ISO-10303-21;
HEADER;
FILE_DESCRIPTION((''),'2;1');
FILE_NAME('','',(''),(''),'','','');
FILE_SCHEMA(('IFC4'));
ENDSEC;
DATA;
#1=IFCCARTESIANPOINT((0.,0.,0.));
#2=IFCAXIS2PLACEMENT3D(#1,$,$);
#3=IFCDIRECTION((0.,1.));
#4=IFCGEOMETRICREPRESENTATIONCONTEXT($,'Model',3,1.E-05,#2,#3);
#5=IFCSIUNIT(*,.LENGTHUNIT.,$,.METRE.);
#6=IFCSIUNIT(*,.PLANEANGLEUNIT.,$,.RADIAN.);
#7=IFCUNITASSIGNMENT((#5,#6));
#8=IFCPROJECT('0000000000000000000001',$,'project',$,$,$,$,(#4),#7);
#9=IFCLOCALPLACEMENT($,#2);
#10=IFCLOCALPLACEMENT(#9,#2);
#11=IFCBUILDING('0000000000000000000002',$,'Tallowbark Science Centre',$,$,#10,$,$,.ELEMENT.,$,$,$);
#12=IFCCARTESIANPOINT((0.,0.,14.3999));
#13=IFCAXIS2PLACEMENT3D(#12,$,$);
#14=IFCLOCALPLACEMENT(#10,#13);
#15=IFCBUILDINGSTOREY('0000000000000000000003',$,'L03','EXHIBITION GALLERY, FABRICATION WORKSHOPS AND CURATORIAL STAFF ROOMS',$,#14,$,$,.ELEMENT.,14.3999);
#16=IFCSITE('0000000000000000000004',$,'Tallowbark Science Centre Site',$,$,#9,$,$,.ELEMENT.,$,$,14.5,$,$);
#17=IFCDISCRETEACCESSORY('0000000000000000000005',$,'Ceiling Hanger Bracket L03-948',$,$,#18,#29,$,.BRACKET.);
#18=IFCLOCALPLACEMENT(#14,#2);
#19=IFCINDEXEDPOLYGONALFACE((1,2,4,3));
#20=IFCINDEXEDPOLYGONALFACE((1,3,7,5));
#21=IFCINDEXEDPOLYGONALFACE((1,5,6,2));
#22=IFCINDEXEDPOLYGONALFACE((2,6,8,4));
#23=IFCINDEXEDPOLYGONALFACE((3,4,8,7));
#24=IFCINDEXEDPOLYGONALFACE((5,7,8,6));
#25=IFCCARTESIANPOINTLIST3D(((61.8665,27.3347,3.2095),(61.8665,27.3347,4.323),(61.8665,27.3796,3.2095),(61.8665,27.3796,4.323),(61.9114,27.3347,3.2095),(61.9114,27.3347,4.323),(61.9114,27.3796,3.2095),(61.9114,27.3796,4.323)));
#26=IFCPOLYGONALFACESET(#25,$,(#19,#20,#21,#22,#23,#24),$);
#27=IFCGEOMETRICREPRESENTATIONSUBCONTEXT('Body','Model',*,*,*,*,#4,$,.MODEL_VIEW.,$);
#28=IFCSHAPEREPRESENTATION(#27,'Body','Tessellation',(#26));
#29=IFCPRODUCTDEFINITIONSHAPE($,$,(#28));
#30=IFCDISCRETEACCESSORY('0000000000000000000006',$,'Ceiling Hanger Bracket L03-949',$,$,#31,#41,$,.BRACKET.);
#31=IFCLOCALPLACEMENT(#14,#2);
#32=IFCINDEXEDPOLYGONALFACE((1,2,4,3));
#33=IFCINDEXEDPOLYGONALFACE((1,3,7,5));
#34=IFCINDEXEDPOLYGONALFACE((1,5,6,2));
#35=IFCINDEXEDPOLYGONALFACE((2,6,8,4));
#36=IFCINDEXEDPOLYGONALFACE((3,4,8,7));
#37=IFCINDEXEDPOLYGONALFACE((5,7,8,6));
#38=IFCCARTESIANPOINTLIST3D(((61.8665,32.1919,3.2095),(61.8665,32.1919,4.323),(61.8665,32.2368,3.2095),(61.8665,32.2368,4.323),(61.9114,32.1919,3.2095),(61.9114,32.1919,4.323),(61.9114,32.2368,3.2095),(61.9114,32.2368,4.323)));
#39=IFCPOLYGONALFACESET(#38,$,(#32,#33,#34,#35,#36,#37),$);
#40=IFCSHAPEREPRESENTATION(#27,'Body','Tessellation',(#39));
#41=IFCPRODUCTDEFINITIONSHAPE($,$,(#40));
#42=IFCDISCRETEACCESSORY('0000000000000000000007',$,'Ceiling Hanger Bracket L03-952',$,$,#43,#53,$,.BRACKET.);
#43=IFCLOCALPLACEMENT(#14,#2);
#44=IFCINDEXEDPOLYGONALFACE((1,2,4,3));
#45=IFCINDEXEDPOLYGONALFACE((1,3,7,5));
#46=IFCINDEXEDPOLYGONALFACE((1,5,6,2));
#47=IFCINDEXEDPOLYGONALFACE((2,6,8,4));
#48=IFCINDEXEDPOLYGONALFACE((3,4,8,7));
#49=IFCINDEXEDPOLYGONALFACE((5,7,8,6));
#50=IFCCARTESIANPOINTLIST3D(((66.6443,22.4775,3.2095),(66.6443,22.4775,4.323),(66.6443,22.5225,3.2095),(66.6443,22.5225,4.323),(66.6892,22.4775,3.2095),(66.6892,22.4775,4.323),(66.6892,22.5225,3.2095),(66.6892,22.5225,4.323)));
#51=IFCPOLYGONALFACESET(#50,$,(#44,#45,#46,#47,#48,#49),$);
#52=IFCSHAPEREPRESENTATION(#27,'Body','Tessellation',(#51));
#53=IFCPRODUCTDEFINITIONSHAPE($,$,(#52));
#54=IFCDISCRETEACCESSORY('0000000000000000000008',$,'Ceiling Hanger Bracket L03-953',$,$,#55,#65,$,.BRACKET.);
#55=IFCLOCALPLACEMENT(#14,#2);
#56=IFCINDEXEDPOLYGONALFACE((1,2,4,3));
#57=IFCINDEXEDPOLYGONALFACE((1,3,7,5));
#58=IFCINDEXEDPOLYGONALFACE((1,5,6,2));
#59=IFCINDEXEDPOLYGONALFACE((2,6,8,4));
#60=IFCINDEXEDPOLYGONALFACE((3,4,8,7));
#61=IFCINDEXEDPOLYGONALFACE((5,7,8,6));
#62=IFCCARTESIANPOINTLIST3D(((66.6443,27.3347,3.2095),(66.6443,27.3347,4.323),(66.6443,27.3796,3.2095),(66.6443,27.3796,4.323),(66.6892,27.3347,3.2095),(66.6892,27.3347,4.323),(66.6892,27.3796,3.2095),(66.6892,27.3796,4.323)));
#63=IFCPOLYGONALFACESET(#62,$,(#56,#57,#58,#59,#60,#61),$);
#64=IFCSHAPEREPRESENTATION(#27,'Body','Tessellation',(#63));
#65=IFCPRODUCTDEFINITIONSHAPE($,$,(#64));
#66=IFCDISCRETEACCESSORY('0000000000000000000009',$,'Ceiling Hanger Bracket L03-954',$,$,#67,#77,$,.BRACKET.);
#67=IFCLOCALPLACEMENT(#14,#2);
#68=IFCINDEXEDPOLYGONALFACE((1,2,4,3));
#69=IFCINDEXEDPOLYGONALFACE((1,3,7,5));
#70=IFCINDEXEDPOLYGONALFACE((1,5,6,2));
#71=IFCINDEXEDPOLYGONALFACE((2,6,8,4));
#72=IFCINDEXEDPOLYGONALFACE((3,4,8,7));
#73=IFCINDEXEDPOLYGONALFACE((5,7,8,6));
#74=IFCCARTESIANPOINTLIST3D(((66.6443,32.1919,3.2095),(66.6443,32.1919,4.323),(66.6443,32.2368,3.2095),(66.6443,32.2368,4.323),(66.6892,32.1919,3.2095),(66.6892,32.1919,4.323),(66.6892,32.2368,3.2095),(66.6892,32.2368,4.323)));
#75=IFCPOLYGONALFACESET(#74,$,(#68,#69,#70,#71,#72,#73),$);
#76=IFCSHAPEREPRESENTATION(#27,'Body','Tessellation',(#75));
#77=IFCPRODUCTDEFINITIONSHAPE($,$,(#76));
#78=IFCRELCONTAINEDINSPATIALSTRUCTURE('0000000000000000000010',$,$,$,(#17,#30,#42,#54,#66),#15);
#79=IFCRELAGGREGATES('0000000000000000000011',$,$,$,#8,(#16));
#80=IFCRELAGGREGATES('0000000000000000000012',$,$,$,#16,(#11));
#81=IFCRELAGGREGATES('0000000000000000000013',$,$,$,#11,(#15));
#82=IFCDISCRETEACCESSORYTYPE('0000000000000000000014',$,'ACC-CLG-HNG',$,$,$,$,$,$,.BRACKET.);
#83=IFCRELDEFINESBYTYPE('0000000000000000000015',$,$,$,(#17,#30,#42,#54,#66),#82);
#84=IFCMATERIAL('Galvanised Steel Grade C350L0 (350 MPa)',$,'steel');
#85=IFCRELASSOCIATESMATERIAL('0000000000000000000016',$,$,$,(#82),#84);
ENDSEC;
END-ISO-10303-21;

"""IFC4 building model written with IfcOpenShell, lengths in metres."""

from ifc_helpers import new_model, si_unit, direction, frame, origin, origin_2d, place, context, subcontext, project, spatial, rectangle, extrude, material, type_object, element, save


model = new_model("IFC4")

# Units and contexts
model_context = context("Model", 3, precision=1e-05, world=origin(), true_north=direction((0.0, 1.0)))
body_context = subcontext(model_context, "Body", "Model", "MODEL_VIEW")
ifc_project = project(units=[si_unit("LENGTHUNIT", "METRE"), si_unit("PLANEANGLEUNIT", "RADIAN")], contexts=[model_context])

# Site, building, storey
site_placement = place(None, origin())
site = spatial("IfcSite", under=ifc_project, at=site_placement, Name="Tallowbark Science Centre Site", CompositionType="ELEMENT", RefElevation=14.5)
building_placement = place(site_placement, origin())
building = spatial("IfcBuilding", under=site, at=building_placement, Name="Tallowbark Science Centre", CompositionType="ELEMENT")
storey_placement = place(building_placement, frame((0.0, 0.0, 14.3999)))
storey = spatial("IfcBuildingStorey", under=building, at=storey_placement, Name="L03", Description="EXHIBITION GALLERY, FABRICATION WORKSHOPS AND CURATORIAL STAFF ROOMS", CompositionType="ELEMENT", Elevation=14.3999)

# Discrete accessories
ifc_material_1 = material(Name="Galvanised Steel Grade C350L0 (350 MPa)", Category="steel")
discrete_accessory_type = type_object("IfcDiscreteAccessoryType", Name="ACC-CLG-HNG", PredefinedType="BRACKET", material=ifc_material_1)
for number, where, z_axis, x_axis, name in (
    (1, (61.8889, 27.3572, 3.2095), (0.0, 0.0, 1.0), (1.0, 0.0, 0.0), "Ceiling Hanger Bracket L03-948"),
    (2, (61.8889, 32.2144, 3.2095), (0.0, 0.0, 1.0), (1.0, 0.0, 0.0), "Ceiling Hanger Bracket L03-949"),
    (3, (66.6667, 22.5, 3.2095), (0.0, 0.0, 1.0), (1.0, 0.0, 0.0), "Ceiling Hanger Bracket L03-952"),
    (4, (66.6667, 27.3572, 3.2095), (0.0, 0.0, 1.0), (1.0, 0.0, 0.0), "Ceiling Hanger Bracket L03-953"),
    (5, (66.6667, 32.2144, 3.2095), (0.0, 0.0, 1.0), (1.0, 0.0, 0.0), "Ceiling Hanger Bracket L03-954"),
):
    element("IfcDiscreteAccessory", number, at=place(storey_placement, frame(where, z_axis=z_axis, x_axis=x_axis)), inside=storey, type_object=discrete_accessory_type, Name=name, PredefinedType="BRACKET", context=body_context, shape_type="SweptSolid", body=[
        extrude(rectangle(XDim=0.0449, YDim=0.0449, at=origin_2d()), origin(), (0.0, 0.0, 1.0), 1.1135),
    ])

save(model, "model.ifc")
